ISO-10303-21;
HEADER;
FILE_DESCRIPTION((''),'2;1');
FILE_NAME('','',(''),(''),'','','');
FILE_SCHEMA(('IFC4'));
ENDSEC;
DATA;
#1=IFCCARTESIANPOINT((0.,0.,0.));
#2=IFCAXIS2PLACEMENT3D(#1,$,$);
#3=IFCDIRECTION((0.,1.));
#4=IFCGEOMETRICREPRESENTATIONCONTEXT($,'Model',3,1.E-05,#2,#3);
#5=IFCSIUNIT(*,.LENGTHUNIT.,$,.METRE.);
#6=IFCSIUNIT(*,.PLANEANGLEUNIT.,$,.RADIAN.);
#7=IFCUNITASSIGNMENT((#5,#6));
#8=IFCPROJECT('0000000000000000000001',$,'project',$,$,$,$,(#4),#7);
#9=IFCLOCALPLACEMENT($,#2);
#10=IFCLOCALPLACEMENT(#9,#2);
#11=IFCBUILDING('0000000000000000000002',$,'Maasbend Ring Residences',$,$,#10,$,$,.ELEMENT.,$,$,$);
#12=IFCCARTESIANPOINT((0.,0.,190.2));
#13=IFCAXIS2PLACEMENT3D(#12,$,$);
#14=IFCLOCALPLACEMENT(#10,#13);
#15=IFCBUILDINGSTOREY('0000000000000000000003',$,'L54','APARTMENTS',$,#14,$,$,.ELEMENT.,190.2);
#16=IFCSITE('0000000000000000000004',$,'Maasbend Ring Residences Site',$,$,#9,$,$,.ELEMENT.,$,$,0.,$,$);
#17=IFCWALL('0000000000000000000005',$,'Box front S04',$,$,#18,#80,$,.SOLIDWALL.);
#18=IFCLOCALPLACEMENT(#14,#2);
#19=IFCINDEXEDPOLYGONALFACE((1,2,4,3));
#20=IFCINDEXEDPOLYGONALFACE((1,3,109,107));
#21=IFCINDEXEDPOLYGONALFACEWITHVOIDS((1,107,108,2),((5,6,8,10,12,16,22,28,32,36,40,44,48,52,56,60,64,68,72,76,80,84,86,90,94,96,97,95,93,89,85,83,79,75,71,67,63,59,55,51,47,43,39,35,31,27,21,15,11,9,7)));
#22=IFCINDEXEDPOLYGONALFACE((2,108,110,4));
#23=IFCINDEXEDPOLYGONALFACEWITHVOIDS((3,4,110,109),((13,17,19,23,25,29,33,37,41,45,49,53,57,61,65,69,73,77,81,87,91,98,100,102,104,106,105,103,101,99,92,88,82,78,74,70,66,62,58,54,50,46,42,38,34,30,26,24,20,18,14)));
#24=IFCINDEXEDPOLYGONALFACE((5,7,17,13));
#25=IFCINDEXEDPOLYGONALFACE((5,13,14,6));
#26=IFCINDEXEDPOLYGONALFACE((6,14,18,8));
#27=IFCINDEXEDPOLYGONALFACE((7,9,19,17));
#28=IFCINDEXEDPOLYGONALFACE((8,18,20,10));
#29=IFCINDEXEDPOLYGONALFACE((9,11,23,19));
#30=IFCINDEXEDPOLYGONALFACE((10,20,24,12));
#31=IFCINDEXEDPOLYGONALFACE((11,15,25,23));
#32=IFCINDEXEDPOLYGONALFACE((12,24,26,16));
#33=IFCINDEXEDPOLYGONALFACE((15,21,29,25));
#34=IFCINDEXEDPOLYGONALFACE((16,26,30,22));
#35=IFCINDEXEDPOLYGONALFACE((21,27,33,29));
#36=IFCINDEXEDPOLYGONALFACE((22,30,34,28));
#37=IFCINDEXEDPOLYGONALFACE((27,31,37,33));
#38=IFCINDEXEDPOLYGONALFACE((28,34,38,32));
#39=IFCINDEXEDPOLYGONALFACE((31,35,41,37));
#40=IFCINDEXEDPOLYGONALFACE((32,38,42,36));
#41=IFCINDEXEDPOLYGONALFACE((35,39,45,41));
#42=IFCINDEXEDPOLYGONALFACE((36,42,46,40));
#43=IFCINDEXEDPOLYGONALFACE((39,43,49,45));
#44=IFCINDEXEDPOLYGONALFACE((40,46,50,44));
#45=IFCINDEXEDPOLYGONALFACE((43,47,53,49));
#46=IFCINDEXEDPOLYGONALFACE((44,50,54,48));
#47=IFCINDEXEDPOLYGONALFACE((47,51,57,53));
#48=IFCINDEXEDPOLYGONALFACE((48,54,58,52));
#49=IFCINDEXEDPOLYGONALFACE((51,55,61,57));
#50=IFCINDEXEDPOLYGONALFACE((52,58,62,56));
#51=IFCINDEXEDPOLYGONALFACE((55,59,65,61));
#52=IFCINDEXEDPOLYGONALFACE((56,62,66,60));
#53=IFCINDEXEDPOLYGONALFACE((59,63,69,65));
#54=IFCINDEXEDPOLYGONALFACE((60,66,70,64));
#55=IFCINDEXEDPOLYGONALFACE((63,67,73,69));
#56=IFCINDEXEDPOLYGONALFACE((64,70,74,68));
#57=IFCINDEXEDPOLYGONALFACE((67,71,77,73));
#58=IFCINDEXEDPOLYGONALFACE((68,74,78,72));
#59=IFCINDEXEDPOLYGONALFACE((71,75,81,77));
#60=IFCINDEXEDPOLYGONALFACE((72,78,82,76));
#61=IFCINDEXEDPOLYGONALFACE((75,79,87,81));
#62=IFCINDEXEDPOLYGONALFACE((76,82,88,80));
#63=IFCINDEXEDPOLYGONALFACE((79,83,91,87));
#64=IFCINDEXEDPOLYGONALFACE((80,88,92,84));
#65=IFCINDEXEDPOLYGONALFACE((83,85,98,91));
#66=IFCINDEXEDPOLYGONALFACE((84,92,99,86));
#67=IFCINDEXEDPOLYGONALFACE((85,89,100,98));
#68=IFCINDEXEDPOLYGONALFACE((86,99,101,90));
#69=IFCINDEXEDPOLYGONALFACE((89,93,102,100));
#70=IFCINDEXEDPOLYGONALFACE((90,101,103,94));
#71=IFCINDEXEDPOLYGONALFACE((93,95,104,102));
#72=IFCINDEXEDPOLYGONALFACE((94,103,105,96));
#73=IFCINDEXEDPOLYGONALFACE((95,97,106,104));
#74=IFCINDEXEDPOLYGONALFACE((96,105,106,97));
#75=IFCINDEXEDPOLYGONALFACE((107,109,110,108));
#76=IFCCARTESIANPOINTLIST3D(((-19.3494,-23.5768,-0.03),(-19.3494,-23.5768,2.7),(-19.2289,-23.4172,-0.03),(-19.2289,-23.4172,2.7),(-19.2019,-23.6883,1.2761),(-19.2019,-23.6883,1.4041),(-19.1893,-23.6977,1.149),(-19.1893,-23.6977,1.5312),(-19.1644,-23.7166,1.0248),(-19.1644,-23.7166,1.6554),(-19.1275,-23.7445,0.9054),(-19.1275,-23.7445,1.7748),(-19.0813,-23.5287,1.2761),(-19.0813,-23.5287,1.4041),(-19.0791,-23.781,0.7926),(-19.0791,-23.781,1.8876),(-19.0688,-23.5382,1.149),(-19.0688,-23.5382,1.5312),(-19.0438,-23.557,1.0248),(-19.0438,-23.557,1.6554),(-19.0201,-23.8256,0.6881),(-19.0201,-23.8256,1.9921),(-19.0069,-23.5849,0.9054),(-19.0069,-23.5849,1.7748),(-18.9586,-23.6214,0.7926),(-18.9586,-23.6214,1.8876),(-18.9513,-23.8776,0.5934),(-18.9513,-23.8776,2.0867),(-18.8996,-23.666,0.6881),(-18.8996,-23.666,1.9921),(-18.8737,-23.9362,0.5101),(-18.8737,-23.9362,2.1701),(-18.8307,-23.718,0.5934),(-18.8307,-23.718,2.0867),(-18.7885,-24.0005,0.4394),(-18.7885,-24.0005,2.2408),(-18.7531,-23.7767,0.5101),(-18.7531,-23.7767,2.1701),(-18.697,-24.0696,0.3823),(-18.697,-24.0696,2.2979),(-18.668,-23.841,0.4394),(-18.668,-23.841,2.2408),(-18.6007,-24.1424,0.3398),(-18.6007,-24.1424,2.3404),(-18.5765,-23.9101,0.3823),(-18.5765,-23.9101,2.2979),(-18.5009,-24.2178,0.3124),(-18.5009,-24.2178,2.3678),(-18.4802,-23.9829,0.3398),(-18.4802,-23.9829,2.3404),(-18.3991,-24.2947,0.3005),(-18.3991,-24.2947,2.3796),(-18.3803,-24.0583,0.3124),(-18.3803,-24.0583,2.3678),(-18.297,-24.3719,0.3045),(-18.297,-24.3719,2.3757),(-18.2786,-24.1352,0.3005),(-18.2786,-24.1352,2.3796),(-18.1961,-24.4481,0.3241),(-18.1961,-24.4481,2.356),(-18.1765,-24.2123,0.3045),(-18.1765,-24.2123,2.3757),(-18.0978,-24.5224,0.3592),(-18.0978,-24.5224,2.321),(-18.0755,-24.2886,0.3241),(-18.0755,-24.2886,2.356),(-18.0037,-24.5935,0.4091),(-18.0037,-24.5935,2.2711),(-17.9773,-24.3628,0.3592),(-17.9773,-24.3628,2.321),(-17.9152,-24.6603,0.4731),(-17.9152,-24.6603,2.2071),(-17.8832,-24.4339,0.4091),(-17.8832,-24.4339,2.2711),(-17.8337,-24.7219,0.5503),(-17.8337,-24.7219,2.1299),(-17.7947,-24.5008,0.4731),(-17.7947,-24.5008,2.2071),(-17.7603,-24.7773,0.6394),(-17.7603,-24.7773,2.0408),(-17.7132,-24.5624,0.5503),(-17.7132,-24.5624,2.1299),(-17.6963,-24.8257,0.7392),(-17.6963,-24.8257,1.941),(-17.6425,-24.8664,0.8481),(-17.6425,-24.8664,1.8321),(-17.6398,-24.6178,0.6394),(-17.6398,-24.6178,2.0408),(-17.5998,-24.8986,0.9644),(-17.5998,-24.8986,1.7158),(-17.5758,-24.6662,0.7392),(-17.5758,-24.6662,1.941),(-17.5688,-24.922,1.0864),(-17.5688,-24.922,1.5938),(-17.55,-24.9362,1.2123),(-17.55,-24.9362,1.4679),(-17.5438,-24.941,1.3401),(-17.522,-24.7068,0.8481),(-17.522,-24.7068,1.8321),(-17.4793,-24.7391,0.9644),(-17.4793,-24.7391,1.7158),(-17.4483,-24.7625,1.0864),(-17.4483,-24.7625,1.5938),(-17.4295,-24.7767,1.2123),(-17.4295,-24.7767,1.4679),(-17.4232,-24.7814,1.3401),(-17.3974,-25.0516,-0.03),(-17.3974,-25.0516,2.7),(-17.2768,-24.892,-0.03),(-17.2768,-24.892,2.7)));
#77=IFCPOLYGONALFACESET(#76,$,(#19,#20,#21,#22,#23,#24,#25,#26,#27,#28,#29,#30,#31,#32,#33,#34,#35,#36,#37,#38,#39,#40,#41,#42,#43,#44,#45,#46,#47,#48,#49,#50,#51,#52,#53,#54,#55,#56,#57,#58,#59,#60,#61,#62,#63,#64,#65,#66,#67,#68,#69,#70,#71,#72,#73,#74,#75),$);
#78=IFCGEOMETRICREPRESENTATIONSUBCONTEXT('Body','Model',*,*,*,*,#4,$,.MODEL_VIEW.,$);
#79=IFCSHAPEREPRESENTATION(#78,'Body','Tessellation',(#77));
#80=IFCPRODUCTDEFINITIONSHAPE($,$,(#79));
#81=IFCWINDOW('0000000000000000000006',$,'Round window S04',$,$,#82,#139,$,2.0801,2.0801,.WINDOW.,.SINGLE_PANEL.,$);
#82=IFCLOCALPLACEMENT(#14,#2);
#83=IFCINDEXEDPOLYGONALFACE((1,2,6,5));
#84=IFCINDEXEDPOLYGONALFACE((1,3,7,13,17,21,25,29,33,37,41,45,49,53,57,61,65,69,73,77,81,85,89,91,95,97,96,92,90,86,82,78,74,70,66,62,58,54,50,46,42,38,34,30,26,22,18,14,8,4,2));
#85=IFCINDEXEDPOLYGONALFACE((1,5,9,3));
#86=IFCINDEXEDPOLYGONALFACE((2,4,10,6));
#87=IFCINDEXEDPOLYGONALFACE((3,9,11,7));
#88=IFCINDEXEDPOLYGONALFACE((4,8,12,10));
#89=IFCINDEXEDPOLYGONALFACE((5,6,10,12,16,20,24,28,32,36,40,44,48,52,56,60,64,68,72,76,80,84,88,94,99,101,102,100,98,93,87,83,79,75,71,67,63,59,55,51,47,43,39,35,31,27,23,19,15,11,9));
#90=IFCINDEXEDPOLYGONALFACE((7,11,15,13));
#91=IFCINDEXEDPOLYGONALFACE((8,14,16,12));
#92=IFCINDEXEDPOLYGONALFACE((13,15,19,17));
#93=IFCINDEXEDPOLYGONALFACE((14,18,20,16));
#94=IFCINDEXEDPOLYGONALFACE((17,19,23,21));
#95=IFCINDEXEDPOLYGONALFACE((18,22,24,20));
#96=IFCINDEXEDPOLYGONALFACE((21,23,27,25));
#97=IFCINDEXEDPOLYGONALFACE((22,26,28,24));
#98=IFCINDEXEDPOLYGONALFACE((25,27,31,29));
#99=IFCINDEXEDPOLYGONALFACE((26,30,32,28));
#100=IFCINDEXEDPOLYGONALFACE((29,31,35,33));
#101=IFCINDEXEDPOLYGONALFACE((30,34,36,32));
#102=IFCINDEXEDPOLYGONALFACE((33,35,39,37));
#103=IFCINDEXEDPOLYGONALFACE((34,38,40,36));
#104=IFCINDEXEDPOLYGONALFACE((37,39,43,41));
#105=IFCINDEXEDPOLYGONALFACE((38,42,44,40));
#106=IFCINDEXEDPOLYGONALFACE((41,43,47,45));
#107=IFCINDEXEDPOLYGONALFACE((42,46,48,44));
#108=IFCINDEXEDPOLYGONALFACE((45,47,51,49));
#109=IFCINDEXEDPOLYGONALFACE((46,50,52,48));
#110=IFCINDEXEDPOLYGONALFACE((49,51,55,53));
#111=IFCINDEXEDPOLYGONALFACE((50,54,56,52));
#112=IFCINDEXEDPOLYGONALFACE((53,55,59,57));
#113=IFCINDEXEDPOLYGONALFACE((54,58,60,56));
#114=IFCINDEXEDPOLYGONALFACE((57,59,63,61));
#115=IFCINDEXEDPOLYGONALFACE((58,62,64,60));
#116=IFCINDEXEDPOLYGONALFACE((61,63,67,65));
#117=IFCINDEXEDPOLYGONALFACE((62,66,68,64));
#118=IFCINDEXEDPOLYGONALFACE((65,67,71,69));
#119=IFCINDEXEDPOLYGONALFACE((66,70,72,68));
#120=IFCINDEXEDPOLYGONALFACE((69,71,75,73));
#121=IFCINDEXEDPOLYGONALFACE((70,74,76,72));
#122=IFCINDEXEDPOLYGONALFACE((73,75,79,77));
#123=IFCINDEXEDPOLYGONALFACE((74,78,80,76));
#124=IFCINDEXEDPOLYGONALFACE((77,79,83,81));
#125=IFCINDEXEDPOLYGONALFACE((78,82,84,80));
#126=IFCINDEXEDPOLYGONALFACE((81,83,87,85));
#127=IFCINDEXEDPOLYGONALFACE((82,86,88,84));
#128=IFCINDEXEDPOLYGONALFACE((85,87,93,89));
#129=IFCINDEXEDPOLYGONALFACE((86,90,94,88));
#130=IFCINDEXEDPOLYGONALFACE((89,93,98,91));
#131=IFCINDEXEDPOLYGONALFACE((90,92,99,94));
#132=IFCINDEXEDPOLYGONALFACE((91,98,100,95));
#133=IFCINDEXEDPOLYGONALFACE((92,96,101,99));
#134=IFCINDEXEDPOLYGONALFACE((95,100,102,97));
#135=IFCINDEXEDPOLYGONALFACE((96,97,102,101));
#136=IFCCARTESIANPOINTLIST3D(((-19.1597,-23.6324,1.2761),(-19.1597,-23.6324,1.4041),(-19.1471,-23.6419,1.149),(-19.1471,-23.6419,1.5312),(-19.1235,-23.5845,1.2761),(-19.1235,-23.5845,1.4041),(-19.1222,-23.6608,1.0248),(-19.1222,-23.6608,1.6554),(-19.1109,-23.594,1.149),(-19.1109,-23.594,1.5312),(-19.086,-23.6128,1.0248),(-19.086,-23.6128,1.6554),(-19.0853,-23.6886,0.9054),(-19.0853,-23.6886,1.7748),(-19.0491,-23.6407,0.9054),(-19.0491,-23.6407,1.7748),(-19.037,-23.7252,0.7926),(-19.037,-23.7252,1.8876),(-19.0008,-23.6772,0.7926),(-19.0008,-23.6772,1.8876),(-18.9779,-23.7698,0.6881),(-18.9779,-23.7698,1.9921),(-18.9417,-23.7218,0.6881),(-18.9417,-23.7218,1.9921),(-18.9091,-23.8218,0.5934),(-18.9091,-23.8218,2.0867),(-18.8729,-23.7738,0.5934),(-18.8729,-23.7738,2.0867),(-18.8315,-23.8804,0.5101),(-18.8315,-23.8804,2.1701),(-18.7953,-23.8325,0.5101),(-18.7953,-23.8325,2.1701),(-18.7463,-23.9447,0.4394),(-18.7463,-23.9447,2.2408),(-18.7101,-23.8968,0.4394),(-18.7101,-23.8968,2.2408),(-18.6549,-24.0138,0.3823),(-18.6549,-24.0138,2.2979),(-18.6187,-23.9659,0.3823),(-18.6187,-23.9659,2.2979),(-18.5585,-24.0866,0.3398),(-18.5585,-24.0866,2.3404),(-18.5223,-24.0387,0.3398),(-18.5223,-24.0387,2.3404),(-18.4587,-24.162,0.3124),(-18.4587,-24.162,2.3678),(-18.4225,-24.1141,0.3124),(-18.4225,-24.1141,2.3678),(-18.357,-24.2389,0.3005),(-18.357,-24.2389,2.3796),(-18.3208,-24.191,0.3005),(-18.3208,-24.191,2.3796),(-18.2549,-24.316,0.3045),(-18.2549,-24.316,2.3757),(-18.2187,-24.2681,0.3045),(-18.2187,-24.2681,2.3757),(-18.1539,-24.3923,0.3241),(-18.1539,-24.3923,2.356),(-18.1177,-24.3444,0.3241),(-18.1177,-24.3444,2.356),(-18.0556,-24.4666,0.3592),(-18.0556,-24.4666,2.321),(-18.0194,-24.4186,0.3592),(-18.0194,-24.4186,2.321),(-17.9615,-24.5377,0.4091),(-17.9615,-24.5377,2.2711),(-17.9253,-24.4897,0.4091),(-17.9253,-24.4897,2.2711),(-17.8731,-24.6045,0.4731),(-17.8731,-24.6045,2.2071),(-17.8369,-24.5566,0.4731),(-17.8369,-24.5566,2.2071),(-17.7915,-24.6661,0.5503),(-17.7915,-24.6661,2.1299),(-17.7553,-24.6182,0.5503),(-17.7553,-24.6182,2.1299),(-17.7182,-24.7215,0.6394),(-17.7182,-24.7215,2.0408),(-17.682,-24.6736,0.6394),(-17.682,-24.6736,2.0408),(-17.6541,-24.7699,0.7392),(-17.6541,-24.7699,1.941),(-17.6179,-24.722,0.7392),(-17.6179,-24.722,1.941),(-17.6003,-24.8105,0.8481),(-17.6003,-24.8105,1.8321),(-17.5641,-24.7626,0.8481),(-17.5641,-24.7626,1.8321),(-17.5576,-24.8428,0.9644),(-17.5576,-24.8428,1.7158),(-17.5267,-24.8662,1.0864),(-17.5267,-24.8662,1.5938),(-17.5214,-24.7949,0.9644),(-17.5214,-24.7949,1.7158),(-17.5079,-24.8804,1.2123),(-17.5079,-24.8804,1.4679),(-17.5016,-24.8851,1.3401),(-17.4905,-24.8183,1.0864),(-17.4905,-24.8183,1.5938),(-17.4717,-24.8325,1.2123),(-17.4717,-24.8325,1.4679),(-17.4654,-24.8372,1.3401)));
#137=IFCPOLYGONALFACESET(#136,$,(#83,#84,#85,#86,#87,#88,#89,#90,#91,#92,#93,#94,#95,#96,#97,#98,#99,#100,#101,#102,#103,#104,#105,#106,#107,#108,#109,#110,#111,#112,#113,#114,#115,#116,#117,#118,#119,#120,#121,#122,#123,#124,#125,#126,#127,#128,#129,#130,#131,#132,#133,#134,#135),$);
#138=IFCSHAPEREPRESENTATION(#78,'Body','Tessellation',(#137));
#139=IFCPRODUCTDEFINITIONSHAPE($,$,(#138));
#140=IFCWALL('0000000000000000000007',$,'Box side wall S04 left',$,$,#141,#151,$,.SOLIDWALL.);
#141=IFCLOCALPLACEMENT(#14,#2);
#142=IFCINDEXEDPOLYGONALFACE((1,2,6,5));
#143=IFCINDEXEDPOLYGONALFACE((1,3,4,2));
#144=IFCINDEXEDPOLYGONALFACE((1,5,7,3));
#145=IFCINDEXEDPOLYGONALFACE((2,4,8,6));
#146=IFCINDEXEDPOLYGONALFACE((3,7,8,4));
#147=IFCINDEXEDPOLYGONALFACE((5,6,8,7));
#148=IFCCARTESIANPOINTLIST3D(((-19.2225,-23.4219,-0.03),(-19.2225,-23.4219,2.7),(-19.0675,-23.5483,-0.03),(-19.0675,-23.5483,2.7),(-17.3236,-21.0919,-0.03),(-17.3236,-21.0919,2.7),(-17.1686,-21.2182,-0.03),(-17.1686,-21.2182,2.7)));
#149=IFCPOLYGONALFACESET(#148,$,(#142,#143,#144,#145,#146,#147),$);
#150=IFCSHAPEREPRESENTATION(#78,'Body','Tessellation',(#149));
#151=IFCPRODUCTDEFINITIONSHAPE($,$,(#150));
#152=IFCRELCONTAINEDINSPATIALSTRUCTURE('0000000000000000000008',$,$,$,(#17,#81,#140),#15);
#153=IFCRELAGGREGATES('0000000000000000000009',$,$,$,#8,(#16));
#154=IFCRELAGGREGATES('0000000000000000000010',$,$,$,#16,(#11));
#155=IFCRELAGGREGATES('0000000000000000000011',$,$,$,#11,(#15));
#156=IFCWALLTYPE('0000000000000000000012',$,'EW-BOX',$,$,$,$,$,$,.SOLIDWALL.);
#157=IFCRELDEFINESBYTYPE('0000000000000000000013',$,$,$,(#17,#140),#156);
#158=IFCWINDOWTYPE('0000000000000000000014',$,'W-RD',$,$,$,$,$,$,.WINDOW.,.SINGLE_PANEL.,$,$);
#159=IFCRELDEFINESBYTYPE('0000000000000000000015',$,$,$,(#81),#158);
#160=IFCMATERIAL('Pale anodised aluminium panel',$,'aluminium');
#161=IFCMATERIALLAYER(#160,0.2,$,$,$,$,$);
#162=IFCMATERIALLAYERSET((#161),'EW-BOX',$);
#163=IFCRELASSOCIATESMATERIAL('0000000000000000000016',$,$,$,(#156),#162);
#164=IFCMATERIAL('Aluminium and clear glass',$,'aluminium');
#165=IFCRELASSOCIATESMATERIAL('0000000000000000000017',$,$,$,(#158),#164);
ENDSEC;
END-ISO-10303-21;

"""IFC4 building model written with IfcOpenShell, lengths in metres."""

from ifc_helpers import new_model, si_unit, direction, frame, frame_2d, origin, place, context, subcontext, project, spatial, rectangle, circle, extrude, material, layer, layer_set, type_object, element, fill, save


model = new_model("IFC4")

# Units and contexts
model_context = context("Model", 3, precision=1e-05, world=origin(), true_north=direction((0.0, 1.0)))
body_context = subcontext(model_context, "Body", "Model", "MODEL_VIEW")
ifc_project = project(units=[si_unit("LENGTHUNIT", "METRE"), si_unit("PLANEANGLEUNIT", "RADIAN")], contexts=[model_context])

# Site, building, storey
site_placement = place(None, origin())
site = spatial("IfcSite", under=ifc_project, at=site_placement, Name="Maasbend Ring Residences Site", CompositionType="ELEMENT", RefElevation=0.0)
building_placement = place(site_placement, origin())
building = spatial("IfcBuilding", under=site, at=building_placement, Name="Maasbend Ring Residences", CompositionType="ELEMENT")
storey_placement = place(building_placement, frame((0.0, 0.0, 190.2)))
storey = spatial("IfcBuildingStorey", under=building, at=storey_placement, Name="L54", Description="APARTMENTS", CompositionType="ELEMENT", Elevation=190.2)

# Shared definitions
ifc_material_1 = material(Name="Pale anodised aluminium panel", Category="aluminium")
ifc_layer_1 = layer(ifc_material_1, 0.2)
ifc_layer_set_1 = layer_set([ifc_layer_1], Name="EW-BOX")
wall_type_1 = type_object("IfcWallType", Name="EW-BOX", PredefinedType="SOLIDWALL", material=ifc_layer_set_1)
ifc_material_2 = material(Name="Aluminium and clear glass", Category="aluminium")
window_type_1 = type_object("IfcWindowType", Name="W-RD", PartitioningType="SINGLE_PANEL", PredefinedType="WINDOW", material=ifc_material_2)

# Wall, opening, window
wall_1_placement = place(storey_placement, frame((-19.2891, -23.4971, -0.03), z_axis=(0.0, 0.0, 1.0), x_axis=(0.797888, -0.602806, 0.0)))
wall_1 = element("IfcWall", 1, at=wall_1_placement, inside=storey, type_object=wall_type_1, Name="Box front S04", PredefinedType="SOLIDWALL", context=body_context, shape_type="SweptSolid", body=[
    extrude(rectangle(XDim=2.4465, YDim=0.2, at=frame_2d((1.2231, 0.0))), origin(), (0.0, 0.0, 1.0), 2.73),
])
opening_1_placement = place(wall_1_placement, frame((0.1829, 0.0, 0.3301)))
opening_1 = element("IfcOpeningElement", 2, at=opening_1_placement, cuts=wall_1, PredefinedType="OPENING", context=body_context, shape_type="SweptSolid", body=[
    extrude(circle(Radius=1.04, at=frame_2d((1.04, 1.04))), frame((0.0, 0.1099, 0.0), z_axis=(0.0, -1.0, 0.0), x_axis=(1.0, 0.0, 0.0)), (0.0, 0.0, 1.0), 0.22),
])
window_1_placement = place(opening_1_placement, origin())
window_1 = element("IfcWindow", 3, at=window_1_placement, inside=storey, type_object=window_type_1, Name="Round window S04", OverallHeight=2.0801, OverallWidth=2.0801, PartitioningType="SINGLE_PANEL", PredefinedType="WINDOW", context=body_context, shape_type="SweptSolid", body=[
    extrude(circle(Radius=1.04, at=frame_2d((1.04, 1.04))), frame((0.0, 0.03, 0.0), z_axis=(0.0, -1.0, 0.0), x_axis=(1.0, 0.0, 0.0)), (0.0, 0.0, 1.0), 0.0601),
])
fill(opening_1, window_1)

# Wall
wall_2_placement = place(storey_placement, frame((-17.2461, -21.155, -0.03), z_axis=(0.0, 0.0, 1.0), x_axis=(-0.631742, -0.775179, 0.0)))
element("IfcWall", 4, at=wall_2_placement, inside=storey, type_object=wall_type_1, Name="Box side wall S04 left", PredefinedType="SOLIDWALL", context=body_context, shape_type="SweptSolid", body=[
    extrude(rectangle(XDim=3.0059, YDim=0.2, at=frame_2d((1.5029, 0.0))), origin(), (0.0, 0.0, 1.0), 2.73),
])

save(model, "model.ifc")
